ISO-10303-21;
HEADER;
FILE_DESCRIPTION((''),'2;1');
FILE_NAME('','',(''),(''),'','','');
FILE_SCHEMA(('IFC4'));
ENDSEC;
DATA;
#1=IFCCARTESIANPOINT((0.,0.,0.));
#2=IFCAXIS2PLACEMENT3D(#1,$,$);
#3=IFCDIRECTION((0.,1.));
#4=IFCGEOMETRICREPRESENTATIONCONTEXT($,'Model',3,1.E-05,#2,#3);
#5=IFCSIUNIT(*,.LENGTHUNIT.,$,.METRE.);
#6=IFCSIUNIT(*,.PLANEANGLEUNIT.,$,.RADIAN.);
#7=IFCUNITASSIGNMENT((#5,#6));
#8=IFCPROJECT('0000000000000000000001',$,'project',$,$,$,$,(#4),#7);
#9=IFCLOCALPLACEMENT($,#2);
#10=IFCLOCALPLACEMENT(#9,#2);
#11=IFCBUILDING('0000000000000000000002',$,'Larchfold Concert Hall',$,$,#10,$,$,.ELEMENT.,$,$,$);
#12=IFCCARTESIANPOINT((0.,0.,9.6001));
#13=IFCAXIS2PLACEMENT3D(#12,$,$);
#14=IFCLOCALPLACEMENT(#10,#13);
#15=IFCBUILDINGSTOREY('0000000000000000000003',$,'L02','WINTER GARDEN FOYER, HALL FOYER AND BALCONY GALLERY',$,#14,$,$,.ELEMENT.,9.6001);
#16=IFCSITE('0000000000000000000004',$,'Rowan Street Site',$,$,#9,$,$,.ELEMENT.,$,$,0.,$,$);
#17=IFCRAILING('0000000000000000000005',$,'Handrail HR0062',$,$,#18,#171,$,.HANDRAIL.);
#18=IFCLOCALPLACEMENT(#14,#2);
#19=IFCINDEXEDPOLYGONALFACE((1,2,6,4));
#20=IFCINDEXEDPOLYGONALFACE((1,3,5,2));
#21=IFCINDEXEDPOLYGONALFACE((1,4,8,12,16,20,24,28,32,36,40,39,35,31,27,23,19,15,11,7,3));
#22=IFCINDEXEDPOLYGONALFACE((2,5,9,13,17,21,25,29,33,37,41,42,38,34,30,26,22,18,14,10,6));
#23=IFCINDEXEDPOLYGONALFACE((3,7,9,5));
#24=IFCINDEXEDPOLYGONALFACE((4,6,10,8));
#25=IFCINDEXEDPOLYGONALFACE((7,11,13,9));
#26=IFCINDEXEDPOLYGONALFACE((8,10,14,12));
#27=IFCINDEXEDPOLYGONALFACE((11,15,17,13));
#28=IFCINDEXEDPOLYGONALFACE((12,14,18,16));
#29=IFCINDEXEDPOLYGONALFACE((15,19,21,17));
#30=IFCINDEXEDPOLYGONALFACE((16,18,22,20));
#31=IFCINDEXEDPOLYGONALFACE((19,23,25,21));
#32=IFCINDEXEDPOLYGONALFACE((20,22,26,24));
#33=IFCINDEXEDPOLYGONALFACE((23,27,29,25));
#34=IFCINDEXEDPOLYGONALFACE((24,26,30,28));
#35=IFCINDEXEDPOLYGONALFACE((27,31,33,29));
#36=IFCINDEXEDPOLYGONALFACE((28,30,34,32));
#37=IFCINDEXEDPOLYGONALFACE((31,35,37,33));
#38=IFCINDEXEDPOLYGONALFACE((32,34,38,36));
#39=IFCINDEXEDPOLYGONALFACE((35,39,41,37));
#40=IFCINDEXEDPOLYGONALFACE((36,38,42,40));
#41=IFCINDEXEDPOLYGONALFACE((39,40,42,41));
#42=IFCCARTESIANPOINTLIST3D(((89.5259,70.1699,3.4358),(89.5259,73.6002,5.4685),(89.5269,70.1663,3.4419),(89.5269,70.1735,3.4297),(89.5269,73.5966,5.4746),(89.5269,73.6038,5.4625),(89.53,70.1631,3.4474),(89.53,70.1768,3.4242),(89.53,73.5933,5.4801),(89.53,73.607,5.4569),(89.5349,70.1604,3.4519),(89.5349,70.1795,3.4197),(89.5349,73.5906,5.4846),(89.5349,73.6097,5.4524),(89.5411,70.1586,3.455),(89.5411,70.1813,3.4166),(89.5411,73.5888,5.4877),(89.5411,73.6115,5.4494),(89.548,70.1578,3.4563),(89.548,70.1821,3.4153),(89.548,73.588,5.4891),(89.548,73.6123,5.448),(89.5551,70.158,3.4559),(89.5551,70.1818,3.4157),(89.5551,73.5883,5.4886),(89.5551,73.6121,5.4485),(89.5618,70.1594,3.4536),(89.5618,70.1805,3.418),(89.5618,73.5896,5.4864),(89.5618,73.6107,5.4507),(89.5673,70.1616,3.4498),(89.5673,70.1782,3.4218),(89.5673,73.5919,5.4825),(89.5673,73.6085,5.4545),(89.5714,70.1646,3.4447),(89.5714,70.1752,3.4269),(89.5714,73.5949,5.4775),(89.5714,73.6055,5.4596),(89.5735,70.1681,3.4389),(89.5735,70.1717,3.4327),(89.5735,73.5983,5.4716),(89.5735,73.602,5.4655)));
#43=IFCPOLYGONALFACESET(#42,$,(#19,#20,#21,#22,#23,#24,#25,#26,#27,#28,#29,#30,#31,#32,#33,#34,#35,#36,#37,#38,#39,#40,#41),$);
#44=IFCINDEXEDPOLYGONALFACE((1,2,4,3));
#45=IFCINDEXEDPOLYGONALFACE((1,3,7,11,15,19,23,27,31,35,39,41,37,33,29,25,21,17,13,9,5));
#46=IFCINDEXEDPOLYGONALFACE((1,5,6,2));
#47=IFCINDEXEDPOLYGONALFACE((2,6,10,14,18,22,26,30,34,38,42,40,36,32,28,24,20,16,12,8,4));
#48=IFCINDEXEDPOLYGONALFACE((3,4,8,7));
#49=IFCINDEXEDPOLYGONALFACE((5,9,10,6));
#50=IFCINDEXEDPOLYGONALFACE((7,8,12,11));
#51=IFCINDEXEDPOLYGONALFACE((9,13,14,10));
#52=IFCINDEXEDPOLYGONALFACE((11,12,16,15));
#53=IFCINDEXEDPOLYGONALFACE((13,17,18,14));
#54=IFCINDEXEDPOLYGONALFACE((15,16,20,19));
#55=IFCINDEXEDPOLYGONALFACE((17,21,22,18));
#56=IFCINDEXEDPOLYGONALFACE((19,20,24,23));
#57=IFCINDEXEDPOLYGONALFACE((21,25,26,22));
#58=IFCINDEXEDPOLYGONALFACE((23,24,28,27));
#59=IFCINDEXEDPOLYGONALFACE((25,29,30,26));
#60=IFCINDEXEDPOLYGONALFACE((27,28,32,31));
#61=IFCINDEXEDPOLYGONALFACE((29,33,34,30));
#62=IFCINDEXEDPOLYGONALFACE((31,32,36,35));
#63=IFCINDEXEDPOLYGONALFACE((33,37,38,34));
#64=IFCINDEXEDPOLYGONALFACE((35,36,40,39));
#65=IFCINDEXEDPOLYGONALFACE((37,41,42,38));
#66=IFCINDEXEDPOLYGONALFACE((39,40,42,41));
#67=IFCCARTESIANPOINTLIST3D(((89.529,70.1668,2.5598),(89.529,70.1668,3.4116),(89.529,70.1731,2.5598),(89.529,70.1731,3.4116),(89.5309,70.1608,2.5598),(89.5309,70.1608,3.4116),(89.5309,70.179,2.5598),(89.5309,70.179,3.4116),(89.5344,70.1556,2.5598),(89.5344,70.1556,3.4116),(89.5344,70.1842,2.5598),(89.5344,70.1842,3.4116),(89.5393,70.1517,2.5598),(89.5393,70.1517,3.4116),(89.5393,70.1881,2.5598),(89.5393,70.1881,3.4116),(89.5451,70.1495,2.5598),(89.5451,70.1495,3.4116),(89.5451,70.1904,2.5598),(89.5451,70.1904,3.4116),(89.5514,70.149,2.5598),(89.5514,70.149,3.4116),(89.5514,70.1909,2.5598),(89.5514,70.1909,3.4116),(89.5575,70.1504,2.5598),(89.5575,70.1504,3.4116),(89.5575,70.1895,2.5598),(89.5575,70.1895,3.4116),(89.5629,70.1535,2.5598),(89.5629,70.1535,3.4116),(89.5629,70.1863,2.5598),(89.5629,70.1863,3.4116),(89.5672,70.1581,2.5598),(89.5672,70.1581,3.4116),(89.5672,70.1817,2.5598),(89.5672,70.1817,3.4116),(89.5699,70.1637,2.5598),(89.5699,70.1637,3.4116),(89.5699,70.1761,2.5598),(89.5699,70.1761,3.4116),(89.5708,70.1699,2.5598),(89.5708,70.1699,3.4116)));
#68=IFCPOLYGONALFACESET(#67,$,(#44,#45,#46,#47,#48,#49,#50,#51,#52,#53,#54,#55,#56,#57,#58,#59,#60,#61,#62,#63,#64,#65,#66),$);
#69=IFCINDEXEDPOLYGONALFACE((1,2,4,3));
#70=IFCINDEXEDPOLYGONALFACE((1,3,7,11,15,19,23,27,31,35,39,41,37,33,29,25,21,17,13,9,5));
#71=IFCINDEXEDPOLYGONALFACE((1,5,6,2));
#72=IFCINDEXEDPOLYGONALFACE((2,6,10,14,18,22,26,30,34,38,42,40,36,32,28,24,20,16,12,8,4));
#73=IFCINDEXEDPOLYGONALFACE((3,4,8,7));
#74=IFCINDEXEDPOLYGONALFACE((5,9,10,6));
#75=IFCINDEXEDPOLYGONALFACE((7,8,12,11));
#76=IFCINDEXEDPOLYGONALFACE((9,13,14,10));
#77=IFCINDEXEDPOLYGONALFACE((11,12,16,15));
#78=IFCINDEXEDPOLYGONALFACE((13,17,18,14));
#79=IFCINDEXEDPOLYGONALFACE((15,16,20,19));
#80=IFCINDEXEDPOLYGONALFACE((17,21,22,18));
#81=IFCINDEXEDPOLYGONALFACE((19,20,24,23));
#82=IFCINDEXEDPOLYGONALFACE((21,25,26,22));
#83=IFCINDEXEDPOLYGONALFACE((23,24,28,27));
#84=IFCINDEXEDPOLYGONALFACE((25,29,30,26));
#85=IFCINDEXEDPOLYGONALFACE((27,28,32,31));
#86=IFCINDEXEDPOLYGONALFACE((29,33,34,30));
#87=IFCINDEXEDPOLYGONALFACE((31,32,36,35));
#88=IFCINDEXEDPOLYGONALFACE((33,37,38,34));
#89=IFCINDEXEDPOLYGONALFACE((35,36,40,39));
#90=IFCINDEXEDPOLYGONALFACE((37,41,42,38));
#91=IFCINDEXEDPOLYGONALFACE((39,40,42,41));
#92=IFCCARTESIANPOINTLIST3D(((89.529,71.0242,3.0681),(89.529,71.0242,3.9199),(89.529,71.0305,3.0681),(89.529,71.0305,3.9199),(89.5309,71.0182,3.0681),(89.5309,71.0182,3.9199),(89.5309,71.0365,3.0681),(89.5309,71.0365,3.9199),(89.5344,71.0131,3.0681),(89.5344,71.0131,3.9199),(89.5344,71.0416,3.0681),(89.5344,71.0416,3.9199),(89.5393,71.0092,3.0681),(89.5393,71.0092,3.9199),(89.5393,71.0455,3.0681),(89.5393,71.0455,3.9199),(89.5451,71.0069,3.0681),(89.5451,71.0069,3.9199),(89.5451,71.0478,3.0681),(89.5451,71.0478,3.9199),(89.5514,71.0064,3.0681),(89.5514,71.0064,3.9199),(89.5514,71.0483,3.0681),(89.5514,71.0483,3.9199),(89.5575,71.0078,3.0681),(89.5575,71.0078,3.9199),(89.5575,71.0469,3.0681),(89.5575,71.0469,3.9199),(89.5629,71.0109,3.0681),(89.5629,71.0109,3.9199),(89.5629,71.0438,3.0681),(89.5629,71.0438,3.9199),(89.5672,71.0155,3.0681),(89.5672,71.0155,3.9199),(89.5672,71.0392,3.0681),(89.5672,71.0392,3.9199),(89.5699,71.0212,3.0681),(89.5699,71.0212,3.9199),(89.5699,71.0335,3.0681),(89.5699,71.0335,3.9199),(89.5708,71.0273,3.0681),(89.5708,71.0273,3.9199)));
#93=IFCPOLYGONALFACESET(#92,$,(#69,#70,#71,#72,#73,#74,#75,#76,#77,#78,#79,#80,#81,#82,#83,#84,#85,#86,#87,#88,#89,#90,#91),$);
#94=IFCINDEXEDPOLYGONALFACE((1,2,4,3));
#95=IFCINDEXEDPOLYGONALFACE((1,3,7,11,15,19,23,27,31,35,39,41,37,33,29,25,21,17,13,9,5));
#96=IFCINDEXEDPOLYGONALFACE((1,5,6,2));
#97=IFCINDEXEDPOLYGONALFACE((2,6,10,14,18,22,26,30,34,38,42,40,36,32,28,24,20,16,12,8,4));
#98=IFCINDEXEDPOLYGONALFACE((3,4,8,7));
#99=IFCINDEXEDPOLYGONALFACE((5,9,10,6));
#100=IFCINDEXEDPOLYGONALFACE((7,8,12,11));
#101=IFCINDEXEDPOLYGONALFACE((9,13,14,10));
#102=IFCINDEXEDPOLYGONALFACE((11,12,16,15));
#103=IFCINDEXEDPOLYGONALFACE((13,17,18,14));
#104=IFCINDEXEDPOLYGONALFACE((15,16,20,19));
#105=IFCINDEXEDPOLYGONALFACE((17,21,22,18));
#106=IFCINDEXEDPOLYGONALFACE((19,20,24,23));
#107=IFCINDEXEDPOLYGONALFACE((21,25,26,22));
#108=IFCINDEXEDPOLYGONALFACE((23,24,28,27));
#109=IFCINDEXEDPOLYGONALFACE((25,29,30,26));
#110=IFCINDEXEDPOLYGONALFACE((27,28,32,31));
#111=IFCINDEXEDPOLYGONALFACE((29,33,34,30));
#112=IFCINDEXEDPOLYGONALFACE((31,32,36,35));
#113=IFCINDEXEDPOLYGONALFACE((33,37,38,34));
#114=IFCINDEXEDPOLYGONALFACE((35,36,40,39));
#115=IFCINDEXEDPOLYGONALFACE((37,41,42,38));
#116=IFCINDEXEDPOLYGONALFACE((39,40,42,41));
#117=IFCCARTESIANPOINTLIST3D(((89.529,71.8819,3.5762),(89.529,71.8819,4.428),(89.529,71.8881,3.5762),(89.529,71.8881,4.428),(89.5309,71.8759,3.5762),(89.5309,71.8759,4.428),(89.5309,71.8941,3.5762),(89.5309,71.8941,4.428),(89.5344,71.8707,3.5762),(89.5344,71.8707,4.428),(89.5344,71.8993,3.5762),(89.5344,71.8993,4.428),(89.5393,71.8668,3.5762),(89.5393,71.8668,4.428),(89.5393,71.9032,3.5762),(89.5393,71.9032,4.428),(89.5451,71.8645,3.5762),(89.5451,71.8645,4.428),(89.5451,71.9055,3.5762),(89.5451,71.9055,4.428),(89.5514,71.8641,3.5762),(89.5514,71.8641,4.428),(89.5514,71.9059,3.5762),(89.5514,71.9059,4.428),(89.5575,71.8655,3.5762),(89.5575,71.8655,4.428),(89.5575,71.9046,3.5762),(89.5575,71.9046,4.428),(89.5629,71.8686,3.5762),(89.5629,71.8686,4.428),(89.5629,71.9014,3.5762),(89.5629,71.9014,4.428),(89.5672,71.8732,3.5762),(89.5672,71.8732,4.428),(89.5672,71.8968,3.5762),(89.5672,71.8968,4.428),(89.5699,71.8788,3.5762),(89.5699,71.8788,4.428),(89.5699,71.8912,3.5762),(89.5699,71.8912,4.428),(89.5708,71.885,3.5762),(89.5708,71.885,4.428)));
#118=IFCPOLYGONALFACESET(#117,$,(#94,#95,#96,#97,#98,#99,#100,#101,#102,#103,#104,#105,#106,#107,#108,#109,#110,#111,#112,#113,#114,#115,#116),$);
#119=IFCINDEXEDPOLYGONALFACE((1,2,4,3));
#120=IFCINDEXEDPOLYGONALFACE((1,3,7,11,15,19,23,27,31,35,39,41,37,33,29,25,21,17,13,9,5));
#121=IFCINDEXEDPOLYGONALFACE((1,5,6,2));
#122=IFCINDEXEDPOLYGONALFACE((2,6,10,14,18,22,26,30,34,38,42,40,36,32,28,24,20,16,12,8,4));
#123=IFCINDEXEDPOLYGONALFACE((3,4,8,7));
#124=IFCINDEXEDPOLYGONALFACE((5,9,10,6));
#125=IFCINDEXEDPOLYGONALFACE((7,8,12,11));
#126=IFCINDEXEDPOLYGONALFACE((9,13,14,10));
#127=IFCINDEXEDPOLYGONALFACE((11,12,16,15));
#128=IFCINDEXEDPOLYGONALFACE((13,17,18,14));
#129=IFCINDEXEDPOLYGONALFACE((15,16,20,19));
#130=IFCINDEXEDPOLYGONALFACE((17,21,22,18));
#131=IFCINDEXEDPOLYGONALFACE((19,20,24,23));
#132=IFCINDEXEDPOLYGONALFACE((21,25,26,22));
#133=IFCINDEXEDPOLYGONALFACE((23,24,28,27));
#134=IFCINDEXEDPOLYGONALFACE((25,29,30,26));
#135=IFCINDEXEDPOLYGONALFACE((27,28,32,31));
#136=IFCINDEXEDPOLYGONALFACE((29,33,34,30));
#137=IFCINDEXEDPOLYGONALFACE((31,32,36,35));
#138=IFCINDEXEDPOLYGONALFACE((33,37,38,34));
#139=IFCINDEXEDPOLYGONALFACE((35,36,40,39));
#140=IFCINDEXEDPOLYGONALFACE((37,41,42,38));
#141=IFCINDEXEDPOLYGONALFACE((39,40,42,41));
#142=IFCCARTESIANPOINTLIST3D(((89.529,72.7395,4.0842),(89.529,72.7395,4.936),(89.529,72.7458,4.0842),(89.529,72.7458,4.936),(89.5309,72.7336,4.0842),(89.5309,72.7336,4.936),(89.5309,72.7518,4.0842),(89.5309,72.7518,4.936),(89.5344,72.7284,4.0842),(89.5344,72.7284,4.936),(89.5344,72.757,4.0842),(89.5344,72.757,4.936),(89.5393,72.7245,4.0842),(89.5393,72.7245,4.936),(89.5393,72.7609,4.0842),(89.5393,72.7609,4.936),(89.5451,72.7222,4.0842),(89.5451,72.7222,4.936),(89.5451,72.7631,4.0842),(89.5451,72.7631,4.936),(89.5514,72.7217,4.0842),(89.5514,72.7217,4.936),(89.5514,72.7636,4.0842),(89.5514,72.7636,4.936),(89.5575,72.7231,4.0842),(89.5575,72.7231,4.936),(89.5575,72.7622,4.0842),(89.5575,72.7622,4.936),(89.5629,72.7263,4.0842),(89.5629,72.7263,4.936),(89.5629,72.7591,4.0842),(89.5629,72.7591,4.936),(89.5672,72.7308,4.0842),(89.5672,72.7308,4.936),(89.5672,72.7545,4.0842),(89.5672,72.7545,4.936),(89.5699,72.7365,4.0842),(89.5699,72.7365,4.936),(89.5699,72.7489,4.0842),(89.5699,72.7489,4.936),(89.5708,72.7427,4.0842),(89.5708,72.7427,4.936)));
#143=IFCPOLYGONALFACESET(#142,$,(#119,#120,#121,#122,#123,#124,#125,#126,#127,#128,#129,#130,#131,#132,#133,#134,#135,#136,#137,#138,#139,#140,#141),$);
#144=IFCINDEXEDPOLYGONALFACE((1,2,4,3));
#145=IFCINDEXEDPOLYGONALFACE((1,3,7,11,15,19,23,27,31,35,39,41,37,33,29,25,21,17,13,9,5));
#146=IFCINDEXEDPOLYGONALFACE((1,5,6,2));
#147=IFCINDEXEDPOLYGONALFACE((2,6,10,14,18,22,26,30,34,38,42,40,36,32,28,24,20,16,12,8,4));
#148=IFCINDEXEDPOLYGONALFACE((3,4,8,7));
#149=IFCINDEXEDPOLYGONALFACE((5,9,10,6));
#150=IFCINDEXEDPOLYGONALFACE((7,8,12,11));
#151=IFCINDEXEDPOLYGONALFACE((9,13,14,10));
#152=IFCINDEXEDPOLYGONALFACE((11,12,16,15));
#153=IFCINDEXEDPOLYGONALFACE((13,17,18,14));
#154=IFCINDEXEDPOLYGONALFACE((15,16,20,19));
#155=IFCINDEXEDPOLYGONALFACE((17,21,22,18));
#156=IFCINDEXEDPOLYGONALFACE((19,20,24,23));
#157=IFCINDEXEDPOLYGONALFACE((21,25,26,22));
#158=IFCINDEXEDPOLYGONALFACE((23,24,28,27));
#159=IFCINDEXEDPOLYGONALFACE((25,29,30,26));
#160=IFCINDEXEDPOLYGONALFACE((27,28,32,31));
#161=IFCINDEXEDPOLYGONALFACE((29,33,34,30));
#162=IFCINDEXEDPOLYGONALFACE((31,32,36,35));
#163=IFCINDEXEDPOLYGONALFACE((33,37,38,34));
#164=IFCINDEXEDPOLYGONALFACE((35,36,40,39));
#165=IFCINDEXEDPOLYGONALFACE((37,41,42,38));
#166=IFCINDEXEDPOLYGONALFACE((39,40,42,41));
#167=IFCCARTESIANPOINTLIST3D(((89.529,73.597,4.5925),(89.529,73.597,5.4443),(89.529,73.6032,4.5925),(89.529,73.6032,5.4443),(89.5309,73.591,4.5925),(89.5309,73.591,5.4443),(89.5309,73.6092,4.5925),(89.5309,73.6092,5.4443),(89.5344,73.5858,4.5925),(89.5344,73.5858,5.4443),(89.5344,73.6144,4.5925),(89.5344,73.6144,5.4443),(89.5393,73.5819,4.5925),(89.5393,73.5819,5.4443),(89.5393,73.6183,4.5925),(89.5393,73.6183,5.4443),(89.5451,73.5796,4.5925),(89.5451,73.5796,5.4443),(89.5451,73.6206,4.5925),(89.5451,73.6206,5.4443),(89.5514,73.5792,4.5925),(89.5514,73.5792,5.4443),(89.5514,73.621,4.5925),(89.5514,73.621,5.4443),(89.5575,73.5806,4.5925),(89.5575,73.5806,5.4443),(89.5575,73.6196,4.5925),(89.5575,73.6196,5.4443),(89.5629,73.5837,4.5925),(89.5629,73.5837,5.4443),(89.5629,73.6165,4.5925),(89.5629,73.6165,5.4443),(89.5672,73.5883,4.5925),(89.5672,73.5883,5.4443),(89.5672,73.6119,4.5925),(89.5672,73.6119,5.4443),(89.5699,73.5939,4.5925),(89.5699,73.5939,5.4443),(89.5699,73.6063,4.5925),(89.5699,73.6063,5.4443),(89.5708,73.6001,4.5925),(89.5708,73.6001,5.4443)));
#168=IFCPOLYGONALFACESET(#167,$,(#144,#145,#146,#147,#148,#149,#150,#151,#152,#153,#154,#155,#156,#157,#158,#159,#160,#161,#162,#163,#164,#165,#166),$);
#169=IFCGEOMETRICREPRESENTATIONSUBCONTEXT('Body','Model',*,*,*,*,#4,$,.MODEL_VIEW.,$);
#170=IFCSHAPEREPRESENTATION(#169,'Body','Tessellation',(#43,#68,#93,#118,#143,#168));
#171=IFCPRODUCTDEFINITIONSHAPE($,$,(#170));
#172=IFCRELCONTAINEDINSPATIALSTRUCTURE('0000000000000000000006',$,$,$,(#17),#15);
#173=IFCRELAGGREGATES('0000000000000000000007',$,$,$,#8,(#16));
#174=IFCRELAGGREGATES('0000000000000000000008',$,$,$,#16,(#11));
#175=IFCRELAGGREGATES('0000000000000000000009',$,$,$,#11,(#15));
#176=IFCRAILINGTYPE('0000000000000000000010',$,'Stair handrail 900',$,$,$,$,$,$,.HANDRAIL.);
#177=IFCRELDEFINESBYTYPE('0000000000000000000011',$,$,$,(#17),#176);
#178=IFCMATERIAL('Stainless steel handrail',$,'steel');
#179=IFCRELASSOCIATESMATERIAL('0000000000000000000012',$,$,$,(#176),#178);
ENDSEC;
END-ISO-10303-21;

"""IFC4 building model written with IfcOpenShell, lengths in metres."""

from ifc_helpers import new_model, si_unit, direction, frame, origin, origin_2d, place, context, subcontext, project, spatial, circle, extrude, material, type_object, element, save


model = new_model("IFC4")

# Units and contexts
model_context = context("Model", 3, precision=1e-05, world=origin(), true_north=direction((0.0, 1.0)))
body_context = subcontext(model_context, "Body", "Model", "MODEL_VIEW")
ifc_project = project(units=[si_unit("LENGTHUNIT", "METRE"), si_unit("PLANEANGLEUNIT", "RADIAN")], contexts=[model_context])

# Site, building, storey
site_placement = place(None, origin())
site = spatial("IfcSite", under=ifc_project, at=site_placement, Name="Rowan Street Site", CompositionType="ELEMENT", RefElevation=0.0)
building_placement = place(site_placement, origin())
building = spatial("IfcBuilding", under=site, at=building_placement, Name="Larchfold Concert Hall", CompositionType="ELEMENT")
storey_placement = place(building_placement, frame((0.0, 0.0, 9.6001)))
storey = spatial("IfcBuildingStorey", under=building, at=storey_placement, Name="L02", Description="WINTER GARDEN FOYER, HALL FOYER AND BALCONY GALLERY", CompositionType="ELEMENT", Elevation=9.6001)

# Railing
ifc_material_1 = material(Name="Stainless steel handrail", Category="steel")
railing_type_1 = type_object("IfcRailingType", Name="Stair handrail 900", PredefinedType="HANDRAIL", material=ifc_material_1)
railing_1_placement = place(storey_placement, frame((89.5498, 70.1699, 2.5598)))
element("IfcRailing", 1, at=railing_1_placement, inside=storey, type_object=railing_type_1, Name="Handrail HR0062", PredefinedType="HANDRAIL", context=body_context, shape_type="SweptSolid", body=[
    extrude(circle(Radius=0.0239, at=origin_2d()), frame((0.0, 0.0, 0.876), z_axis=(0.0, 0.86029, 0.509806), x_axis=(-1.0, 0.0, 0.0)), (0.0, 0.0, 1.0), 3.9873),
    extrude(circle(Radius=0.021, at=origin_2d()), origin(), (0.0, 0.0, 1.0), 0.8518),
    extrude(circle(Radius=0.021, at=origin_2d()), frame((0.0, 0.8574, 0.5083)), (0.0, 0.0, 1.0), 0.8518),
    extrude(circle(Radius=0.021, at=origin_2d()), frame((0.0, 1.7151, 1.0164)), (0.0, 0.0, 1.0), 0.8518),
    extrude(circle(Radius=0.021, at=origin_2d()), frame((0.0, 2.5728, 1.5244)), (0.0, 0.0, 1.0), 0.8518),
    extrude(circle(Radius=0.021, at=origin_2d()), frame((0.0, 3.4302, 2.0327)), (0.0, 0.0, 1.0), 0.8518),
])

save(model, "model.ifc")
